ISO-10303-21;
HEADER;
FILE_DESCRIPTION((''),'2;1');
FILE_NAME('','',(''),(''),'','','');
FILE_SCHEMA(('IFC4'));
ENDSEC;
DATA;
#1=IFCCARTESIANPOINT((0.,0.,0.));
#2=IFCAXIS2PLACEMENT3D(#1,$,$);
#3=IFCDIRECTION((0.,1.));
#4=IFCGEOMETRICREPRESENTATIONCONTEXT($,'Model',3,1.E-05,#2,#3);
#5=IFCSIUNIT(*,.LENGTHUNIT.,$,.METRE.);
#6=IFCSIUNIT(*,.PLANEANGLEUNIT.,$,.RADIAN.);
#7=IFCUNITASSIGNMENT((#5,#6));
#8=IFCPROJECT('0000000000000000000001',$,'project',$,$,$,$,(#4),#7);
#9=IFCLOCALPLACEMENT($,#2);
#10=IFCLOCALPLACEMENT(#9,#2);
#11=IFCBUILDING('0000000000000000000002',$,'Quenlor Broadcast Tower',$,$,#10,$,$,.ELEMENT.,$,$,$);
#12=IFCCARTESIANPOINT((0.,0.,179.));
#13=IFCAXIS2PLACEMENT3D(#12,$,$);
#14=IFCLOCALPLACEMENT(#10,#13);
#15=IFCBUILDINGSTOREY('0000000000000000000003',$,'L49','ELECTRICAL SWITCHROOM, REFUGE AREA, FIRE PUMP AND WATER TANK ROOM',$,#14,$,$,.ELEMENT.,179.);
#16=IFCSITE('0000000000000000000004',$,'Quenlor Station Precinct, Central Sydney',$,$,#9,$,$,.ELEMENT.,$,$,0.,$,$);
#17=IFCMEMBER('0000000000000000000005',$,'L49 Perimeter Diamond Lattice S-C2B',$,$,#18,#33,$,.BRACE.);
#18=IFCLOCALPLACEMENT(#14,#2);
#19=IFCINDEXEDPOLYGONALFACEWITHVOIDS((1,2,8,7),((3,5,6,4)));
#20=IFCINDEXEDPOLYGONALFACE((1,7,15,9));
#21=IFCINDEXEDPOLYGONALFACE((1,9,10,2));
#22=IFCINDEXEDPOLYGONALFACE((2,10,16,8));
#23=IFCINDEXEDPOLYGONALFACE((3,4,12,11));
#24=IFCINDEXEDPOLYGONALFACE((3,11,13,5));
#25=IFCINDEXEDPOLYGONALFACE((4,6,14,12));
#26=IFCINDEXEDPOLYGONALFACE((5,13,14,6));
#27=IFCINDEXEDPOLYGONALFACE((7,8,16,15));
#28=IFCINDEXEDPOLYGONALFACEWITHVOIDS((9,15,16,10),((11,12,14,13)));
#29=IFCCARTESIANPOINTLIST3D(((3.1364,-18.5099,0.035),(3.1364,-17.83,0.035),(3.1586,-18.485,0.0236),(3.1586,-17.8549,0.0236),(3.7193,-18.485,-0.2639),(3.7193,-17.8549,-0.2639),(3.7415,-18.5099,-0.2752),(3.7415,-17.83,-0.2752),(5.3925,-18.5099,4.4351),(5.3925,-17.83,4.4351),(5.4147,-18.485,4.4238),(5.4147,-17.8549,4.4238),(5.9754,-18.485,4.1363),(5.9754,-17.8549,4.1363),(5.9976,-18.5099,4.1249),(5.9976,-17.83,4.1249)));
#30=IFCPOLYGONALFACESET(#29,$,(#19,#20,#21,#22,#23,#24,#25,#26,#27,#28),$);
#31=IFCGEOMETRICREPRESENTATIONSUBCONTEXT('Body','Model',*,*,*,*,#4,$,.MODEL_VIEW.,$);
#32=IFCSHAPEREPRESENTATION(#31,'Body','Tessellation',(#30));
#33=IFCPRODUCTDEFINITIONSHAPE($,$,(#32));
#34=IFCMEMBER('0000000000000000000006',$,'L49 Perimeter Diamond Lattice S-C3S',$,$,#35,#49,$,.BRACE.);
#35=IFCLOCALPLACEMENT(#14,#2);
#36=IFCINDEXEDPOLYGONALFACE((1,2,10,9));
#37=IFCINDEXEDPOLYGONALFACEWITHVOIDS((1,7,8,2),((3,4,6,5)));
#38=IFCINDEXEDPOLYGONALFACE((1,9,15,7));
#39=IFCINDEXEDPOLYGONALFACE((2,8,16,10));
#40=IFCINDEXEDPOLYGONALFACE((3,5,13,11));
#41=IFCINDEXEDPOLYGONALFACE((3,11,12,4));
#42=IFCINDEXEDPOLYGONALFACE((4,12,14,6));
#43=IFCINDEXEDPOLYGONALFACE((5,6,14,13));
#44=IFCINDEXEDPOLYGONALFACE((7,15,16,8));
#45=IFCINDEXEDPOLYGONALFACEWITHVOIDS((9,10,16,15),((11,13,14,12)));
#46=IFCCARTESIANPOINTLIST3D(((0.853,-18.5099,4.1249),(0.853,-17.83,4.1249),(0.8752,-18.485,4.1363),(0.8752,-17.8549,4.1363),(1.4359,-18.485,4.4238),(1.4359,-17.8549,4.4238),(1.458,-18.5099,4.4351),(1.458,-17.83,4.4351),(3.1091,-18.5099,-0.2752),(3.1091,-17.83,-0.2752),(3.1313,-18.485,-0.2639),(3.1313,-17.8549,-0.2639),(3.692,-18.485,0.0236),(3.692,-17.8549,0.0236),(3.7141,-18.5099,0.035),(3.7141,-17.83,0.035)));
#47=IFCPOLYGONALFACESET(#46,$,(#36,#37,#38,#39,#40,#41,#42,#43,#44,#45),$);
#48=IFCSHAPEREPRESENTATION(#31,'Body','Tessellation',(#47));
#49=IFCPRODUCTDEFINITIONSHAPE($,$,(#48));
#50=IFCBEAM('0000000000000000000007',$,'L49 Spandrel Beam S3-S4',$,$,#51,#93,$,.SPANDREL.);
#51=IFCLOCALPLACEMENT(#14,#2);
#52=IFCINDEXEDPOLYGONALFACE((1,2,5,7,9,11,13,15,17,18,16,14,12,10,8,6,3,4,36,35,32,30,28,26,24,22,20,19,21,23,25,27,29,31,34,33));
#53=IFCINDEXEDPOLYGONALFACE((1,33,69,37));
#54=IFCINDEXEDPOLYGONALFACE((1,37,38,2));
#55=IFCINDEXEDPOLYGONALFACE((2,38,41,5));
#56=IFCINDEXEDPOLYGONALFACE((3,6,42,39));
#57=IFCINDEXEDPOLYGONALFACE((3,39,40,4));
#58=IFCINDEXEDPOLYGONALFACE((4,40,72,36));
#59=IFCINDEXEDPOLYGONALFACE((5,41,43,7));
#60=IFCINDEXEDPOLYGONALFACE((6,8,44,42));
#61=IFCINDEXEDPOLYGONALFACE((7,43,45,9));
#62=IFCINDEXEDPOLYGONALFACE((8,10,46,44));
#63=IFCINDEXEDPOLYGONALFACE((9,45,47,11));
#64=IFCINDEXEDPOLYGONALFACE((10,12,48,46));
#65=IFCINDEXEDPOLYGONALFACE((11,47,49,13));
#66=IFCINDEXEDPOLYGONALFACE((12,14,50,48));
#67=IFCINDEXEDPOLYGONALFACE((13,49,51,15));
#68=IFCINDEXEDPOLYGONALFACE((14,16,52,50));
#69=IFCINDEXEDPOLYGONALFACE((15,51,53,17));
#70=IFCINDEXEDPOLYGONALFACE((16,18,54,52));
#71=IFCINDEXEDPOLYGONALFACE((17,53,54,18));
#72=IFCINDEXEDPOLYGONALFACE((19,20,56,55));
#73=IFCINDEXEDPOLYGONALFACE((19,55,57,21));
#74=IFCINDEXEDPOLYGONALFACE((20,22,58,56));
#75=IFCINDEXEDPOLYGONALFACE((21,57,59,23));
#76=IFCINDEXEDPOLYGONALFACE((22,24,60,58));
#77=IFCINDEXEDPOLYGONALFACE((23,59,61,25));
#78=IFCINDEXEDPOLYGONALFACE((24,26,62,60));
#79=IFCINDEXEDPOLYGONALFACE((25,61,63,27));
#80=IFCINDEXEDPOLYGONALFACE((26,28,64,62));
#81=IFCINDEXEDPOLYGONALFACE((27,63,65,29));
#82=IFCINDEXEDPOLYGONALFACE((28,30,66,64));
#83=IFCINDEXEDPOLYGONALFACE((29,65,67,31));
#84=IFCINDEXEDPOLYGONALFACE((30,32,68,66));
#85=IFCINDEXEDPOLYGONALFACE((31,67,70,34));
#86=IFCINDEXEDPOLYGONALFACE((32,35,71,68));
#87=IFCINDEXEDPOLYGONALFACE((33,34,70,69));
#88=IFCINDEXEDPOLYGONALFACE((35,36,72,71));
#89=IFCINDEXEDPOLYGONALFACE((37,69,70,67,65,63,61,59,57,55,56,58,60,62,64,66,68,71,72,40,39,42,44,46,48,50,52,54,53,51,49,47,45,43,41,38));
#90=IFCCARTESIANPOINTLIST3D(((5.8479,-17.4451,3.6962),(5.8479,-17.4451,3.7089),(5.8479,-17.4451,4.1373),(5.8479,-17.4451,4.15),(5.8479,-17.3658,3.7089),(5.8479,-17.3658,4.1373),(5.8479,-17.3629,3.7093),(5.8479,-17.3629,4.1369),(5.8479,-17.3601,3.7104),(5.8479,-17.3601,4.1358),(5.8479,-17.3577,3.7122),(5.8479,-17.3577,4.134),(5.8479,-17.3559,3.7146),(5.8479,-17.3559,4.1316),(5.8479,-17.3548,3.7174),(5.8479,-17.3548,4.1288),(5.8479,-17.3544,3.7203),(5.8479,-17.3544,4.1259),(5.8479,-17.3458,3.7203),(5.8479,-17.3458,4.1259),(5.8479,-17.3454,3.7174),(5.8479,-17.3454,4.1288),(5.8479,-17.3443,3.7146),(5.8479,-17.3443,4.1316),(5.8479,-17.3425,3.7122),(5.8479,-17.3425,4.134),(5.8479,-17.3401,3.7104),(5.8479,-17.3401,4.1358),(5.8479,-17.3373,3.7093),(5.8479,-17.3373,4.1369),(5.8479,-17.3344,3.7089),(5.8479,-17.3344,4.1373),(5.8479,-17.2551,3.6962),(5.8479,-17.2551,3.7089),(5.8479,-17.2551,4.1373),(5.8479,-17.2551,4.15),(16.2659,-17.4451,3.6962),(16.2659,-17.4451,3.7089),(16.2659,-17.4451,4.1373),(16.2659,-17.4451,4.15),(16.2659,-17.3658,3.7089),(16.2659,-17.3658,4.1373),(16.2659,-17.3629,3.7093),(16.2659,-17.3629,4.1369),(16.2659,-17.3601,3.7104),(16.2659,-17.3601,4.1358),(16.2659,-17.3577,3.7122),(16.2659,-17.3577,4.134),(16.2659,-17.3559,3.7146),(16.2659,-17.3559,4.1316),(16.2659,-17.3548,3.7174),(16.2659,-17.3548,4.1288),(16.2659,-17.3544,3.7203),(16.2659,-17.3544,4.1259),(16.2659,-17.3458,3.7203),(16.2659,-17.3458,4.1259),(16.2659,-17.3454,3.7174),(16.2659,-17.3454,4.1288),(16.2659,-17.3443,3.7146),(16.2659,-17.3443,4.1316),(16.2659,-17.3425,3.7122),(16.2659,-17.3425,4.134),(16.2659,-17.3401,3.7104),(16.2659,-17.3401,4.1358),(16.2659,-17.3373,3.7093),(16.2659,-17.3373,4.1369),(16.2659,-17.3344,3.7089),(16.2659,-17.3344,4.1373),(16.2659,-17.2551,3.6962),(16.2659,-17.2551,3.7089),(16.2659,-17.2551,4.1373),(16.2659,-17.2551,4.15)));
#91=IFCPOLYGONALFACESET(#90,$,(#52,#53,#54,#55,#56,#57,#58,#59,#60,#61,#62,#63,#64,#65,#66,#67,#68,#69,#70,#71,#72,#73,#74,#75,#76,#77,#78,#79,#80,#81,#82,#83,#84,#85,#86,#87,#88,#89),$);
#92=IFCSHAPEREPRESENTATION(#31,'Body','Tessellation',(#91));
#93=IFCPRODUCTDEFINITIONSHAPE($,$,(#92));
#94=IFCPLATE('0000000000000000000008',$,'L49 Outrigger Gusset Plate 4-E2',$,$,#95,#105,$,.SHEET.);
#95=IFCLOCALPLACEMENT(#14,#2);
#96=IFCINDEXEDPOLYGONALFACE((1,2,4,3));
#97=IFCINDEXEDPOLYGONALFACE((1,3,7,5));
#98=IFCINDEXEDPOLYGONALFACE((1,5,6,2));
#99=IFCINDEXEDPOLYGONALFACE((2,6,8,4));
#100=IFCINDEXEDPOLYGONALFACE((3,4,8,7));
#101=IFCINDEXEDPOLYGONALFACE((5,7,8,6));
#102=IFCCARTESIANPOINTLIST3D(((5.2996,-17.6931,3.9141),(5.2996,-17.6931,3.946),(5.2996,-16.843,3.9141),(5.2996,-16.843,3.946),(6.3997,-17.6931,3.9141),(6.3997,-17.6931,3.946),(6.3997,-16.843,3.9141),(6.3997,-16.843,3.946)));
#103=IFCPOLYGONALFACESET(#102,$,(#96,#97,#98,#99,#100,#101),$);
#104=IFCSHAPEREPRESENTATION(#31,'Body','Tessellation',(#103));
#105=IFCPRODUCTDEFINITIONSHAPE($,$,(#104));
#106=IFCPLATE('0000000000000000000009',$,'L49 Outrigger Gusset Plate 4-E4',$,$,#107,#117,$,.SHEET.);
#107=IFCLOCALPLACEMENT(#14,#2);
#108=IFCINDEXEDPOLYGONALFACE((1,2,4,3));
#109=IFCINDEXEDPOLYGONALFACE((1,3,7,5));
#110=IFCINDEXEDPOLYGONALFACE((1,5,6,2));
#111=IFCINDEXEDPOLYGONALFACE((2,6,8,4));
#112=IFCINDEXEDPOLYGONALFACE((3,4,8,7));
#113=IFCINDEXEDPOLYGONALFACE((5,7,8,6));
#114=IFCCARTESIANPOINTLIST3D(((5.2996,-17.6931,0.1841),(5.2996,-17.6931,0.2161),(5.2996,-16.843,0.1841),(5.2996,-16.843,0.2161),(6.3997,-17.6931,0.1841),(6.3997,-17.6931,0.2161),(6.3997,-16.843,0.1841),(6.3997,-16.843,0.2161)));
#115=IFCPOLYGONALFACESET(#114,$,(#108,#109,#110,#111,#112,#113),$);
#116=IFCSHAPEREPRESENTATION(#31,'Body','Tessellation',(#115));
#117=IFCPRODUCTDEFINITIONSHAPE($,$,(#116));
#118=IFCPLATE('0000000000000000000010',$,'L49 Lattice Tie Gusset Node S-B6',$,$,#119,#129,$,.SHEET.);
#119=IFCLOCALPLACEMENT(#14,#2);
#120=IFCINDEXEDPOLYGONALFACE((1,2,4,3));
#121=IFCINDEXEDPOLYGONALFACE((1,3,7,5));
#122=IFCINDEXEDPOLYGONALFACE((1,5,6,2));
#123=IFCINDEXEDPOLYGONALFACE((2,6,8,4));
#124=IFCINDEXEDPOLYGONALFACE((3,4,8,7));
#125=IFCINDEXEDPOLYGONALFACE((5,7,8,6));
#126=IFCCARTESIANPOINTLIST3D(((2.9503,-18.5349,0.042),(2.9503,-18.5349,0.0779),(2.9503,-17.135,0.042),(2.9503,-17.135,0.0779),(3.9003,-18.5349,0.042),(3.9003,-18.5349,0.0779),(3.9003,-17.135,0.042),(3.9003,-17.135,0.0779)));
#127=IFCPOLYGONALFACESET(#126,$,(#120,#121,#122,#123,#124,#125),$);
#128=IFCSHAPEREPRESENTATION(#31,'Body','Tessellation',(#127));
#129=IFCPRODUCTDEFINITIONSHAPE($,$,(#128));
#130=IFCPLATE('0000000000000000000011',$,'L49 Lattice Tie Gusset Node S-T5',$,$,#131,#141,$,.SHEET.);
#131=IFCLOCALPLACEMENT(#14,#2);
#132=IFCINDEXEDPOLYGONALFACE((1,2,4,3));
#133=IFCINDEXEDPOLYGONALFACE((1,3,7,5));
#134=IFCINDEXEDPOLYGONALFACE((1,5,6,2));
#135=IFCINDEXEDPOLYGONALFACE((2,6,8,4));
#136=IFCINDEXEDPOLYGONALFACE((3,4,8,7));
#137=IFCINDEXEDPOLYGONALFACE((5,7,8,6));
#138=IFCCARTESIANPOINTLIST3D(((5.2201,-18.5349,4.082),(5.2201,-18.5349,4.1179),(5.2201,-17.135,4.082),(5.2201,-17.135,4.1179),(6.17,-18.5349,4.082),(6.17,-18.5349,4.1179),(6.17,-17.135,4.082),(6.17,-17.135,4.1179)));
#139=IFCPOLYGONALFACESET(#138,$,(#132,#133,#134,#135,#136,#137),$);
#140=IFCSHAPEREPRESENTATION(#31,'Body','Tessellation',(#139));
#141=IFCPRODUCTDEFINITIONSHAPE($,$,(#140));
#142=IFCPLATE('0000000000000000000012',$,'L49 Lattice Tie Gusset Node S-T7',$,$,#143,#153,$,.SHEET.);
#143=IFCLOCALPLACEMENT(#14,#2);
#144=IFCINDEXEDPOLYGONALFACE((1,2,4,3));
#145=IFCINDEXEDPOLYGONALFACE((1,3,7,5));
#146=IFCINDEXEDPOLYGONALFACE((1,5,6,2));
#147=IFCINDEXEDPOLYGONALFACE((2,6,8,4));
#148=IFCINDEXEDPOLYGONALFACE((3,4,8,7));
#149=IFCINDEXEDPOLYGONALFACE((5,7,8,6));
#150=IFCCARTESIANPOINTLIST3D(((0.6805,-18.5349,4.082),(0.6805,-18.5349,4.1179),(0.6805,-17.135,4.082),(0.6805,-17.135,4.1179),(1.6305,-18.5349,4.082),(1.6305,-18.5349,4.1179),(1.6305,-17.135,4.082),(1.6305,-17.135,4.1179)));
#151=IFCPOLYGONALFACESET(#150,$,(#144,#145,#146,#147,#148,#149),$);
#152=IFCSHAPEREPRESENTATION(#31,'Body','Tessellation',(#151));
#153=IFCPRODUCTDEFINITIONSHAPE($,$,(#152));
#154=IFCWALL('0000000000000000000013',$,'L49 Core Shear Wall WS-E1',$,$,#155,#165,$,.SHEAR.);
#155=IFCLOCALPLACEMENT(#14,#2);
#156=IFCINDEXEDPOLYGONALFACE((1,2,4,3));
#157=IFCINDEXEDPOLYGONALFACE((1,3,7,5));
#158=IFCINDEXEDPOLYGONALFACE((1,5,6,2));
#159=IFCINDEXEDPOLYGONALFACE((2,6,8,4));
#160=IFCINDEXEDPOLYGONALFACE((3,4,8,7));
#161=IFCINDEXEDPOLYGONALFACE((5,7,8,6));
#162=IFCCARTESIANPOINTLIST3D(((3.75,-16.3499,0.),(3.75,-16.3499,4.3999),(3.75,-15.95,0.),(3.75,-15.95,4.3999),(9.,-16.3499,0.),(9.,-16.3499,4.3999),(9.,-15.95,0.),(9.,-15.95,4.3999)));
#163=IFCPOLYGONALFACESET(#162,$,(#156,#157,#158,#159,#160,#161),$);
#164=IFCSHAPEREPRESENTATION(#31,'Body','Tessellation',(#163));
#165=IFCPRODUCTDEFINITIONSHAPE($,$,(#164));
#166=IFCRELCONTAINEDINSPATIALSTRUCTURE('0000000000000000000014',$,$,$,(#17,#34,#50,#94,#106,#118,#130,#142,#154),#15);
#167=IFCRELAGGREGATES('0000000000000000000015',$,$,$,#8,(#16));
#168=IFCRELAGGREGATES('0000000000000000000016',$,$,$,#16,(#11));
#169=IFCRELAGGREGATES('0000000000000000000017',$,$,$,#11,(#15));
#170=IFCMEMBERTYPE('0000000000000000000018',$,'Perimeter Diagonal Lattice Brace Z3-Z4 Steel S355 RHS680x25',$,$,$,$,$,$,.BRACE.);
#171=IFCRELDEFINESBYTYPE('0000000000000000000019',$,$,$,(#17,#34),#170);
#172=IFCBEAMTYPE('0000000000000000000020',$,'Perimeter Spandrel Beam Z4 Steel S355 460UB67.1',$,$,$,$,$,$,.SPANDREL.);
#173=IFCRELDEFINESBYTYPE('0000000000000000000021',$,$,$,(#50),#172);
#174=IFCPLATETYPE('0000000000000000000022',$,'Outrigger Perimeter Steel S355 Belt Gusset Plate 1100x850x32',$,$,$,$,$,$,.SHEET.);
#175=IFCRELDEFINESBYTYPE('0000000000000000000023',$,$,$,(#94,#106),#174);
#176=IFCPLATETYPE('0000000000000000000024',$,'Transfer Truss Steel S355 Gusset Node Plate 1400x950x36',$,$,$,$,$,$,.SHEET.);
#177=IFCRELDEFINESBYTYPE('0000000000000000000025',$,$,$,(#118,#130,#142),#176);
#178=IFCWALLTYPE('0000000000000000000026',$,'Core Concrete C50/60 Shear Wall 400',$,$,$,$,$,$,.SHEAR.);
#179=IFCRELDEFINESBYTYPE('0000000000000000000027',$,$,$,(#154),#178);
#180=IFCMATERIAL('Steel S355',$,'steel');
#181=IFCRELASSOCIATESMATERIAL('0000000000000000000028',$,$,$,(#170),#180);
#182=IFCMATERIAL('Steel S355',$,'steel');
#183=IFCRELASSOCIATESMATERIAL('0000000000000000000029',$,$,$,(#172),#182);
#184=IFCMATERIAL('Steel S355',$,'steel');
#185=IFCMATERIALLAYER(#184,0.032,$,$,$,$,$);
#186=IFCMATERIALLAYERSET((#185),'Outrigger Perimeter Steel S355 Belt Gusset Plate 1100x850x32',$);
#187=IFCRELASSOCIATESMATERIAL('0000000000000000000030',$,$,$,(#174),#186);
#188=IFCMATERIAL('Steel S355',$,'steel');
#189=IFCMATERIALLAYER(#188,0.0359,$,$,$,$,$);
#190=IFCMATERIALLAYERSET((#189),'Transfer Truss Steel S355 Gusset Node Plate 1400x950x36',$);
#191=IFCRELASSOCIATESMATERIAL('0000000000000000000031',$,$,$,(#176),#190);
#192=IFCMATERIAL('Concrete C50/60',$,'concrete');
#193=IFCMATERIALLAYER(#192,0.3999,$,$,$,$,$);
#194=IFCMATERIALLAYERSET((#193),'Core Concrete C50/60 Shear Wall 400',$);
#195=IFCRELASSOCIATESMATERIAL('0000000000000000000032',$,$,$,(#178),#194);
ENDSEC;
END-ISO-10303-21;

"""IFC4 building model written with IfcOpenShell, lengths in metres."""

from ifc_helpers import new_model, si_unit, direction, frame, frame_2d, origin, origin_2d, place, context, subcontext, project, spatial, rectangle, hollow_rectangle, i_section, extrude, material, layer, layer_set, material_profile, profile_set, type_object, element, save


model = new_model("IFC4")

# Units and contexts
model_context = context("Model", 3, precision=1e-05, world=origin(), true_north=direction((0.0, 1.0)))
body_context = subcontext(model_context, "Body", "Model", "MODEL_VIEW")
ifc_project = project(units=[si_unit("LENGTHUNIT", "METRE"), si_unit("PLANEANGLEUNIT", "RADIAN")], contexts=[model_context])

# Site, building, storey
site_placement = place(None, origin())
site = spatial("IfcSite", under=ifc_project, at=site_placement, Name="Quenlor Station Precinct, Central Sydney", CompositionType="ELEMENT", RefElevation=0.0)
building_placement = place(site_placement, origin())
building = spatial("IfcBuilding", under=site, at=building_placement, Name="Quenlor Broadcast Tower", CompositionType="ELEMENT")
storey_placement = place(building_placement, frame((0.0, 0.0, 179.0)))
storey = spatial("IfcBuildingStorey", under=building, at=storey_placement, Name="L49", Description="ELECTRICAL SWITCHROOM, REFUGE AREA, FIRE PUMP AND WATER TANK ROOM", CompositionType="ELEMENT", Elevation=179.0)

# Members
ifc_material_1 = material(Name="Steel S355", Category="steel")
ifc_material_profile_1 = material_profile(ifc_material_1, hollow_rectangle(XDim=0.6799, YDim=0.6799, WallThickness=0.0249, at=origin_2d()))
ifc_profile_set_1 = profile_set([ifc_material_profile_1], Name="Steel S355 RHS680x680x25")
member_type_1 = type_object("IfcMemberType", Name="Perimeter Diagonal Lattice Brace Z3-Z4 Steel S355 RHS680x25", PredefinedType="BRACE", material=ifc_profile_set_1)
for number, where, z_axis, x_axis, name in (
    (1, (3.439, -18.1699, -0.1201), (0.456256, 0.0, 0.889849), (0.0, 1.0, 0.0), "L49 Perimeter Diamond Lattice S-C2B"),
    (2, (3.4116, -18.1699, -0.1201), (-0.456256, 0.0, 0.889849), (0.0, -1.0, 0.0), "L49 Perimeter Diamond Lattice S-C3S"),
):
    element("IfcMember", number, at=place(storey_placement, frame(where, z_axis=z_axis, x_axis=x_axis)), inside=storey, type_object=member_type_1, Name=name, PredefinedType="BRACE", context=body_context, shape_type="SweptSolid", body=[
        extrude(hollow_rectangle(XDim=0.6799, YDim=0.6799, WallThickness=0.0249, at=origin_2d()), origin(), (0.0, 0.0, 1.0), 4.9448),
    ])

# Beam
ifc_material_2 = material(Name="Steel S355", Category="steel")
ifc_material_profile_2 = material_profile(ifc_material_2, i_section(OverallWidth=0.1899, OverallDepth=0.4539, WebThickness=0.0085, FlangeThickness=0.0127, FilletRadius=0.0115, at=origin_2d()))
ifc_profile_set_2 = profile_set([ifc_material_profile_2], Name="Steel S355 460UB67.1")
beam_type_1 = type_object("IfcBeamType", Name="Perimeter Spandrel Beam Z4 Steel S355 460UB67.1", PredefinedType="SPANDREL", material=ifc_profile_set_2)
beam_1_placement = place(storey_placement, frame((5.8479, -17.3501, 3.9231), z_axis=(1.0, 0.0, 0.0), x_axis=(0.0, 1.0, 0.0)))
element("IfcBeam", 3, at=beam_1_placement, inside=storey, type_object=beam_type_1, Name="L49 Spandrel Beam S3-S4", PredefinedType="SPANDREL", context=body_context, shape_type="SweptSolid", body=[
    extrude(i_section(OverallWidth=0.1899, OverallDepth=0.4539, WebThickness=0.0085, FlangeThickness=0.0127, FilletRadius=0.0115, at=origin_2d()), origin(), (0.0, 0.0, 1.0), 10.418),
])

# Plates
ifc_material_3 = material(Name="Steel S355", Category="steel")
ifc_layer_1 = layer(ifc_material_3, 0.032)
ifc_layer_set_1 = layer_set([ifc_layer_1], Name="Outrigger Perimeter Steel S355 Belt Gusset Plate 1100x850x32")
plate_type_1 = type_object("IfcPlateType", Name="Outrigger Perimeter Steel S355 Belt Gusset Plate 1100x850x32", PredefinedType="SHEET", material=ifc_layer_set_1)
for number, where, z_axis, x_axis, name in (
    (4, (5.8496, -17.2681, 3.9141), (0.0, 0.0, 1.0), (1.0, 0.0, 0.0), "L49 Outrigger Gusset Plate 4-E2"),
    (5, (5.8496, -17.2681, 0.1841), (0.0, 0.0, 1.0), (1.0, 0.0, 0.0), "L49 Outrigger Gusset Plate 4-E4"),
):
    element("IfcPlate", number, at=place(storey_placement, frame(where, z_axis=z_axis, x_axis=x_axis)), inside=storey, type_object=plate_type_1, Name=name, PredefinedType="SHEET", context=body_context, shape_type="SweptSolid", body=[
        extrude(rectangle(XDim=1.1001, YDim=0.8501, at=origin_2d()), origin(), (0.0, 0.0, 1.0), 0.032),
    ])
ifc_material_4 = material(Name="Steel S355", Category="steel")
ifc_layer_2 = layer(ifc_material_4, 0.0359)
ifc_layer_set_2 = layer_set([ifc_layer_2], Name="Transfer Truss Steel S355 Gusset Node Plate 1400x950x36")
plate_type_2 = type_object("IfcPlateType", Name="Transfer Truss Steel S355 Gusset Node Plate 1400x950x36", PredefinedType="SHEET", material=ifc_layer_set_2)
for number, where, z_axis, x_axis, name in (
    (6, (3.4253, -17.835, 0.042), (0.0, 0.0, 1.0), (0.0, -1.0, 0.0), "L49 Lattice Tie Gusset Node S-B6"),
    (7, (5.6951, -17.835, 4.082), (0.0, 0.0, 1.0), (0.0, -1.0, 0.0), "L49 Lattice Tie Gusset Node S-T5"),
    (8, (1.1555, -17.835, 4.082), (0.0, 0.0, 1.0), (0.0, -1.0, 0.0), "L49 Lattice Tie Gusset Node S-T7"),
):
    element("IfcPlate", number, at=place(storey_placement, frame(where, z_axis=z_axis, x_axis=x_axis)), inside=storey, type_object=plate_type_2, Name=name, PredefinedType="SHEET", context=body_context, shape_type="SweptSolid", body=[
        extrude(rectangle(XDim=1.3999, YDim=0.95, at=origin_2d()), origin(), (0.0, 0.0, 1.0), 0.0359),
    ])

# Wall
ifc_material_5 = material(Name="Concrete C50/60", Category="concrete")
ifc_layer_3 = layer(ifc_material_5, 0.3999)
ifc_layer_set_3 = layer_set([ifc_layer_3], Name="Core Concrete C50/60 Shear Wall 400")
wall_type_1 = type_object("IfcWallType", Name="Core Concrete C50/60 Shear Wall 400", PredefinedType="SHEAR", material=ifc_layer_set_3)
wall_1_placement = place(storey_placement, frame((3.75, -16.1499, 0.0), z_axis=(0.0, 0.0, 1.0), x_axis=(1.0, 0.0, 0.0)))
element("IfcWall", 9, at=wall_1_placement, inside=storey, type_object=wall_type_1, Name="L49 Core Shear Wall WS-E1", PredefinedType="SHEAR", context=body_context, shape_type="SweptSolid", body=[
    extrude(rectangle(XDim=5.25, YDim=0.3999, at=frame_2d((2.625, 0.0))), origin(), (0.0, 0.0, 1.0), 4.3999),
])

save(model, "model.ifc")
